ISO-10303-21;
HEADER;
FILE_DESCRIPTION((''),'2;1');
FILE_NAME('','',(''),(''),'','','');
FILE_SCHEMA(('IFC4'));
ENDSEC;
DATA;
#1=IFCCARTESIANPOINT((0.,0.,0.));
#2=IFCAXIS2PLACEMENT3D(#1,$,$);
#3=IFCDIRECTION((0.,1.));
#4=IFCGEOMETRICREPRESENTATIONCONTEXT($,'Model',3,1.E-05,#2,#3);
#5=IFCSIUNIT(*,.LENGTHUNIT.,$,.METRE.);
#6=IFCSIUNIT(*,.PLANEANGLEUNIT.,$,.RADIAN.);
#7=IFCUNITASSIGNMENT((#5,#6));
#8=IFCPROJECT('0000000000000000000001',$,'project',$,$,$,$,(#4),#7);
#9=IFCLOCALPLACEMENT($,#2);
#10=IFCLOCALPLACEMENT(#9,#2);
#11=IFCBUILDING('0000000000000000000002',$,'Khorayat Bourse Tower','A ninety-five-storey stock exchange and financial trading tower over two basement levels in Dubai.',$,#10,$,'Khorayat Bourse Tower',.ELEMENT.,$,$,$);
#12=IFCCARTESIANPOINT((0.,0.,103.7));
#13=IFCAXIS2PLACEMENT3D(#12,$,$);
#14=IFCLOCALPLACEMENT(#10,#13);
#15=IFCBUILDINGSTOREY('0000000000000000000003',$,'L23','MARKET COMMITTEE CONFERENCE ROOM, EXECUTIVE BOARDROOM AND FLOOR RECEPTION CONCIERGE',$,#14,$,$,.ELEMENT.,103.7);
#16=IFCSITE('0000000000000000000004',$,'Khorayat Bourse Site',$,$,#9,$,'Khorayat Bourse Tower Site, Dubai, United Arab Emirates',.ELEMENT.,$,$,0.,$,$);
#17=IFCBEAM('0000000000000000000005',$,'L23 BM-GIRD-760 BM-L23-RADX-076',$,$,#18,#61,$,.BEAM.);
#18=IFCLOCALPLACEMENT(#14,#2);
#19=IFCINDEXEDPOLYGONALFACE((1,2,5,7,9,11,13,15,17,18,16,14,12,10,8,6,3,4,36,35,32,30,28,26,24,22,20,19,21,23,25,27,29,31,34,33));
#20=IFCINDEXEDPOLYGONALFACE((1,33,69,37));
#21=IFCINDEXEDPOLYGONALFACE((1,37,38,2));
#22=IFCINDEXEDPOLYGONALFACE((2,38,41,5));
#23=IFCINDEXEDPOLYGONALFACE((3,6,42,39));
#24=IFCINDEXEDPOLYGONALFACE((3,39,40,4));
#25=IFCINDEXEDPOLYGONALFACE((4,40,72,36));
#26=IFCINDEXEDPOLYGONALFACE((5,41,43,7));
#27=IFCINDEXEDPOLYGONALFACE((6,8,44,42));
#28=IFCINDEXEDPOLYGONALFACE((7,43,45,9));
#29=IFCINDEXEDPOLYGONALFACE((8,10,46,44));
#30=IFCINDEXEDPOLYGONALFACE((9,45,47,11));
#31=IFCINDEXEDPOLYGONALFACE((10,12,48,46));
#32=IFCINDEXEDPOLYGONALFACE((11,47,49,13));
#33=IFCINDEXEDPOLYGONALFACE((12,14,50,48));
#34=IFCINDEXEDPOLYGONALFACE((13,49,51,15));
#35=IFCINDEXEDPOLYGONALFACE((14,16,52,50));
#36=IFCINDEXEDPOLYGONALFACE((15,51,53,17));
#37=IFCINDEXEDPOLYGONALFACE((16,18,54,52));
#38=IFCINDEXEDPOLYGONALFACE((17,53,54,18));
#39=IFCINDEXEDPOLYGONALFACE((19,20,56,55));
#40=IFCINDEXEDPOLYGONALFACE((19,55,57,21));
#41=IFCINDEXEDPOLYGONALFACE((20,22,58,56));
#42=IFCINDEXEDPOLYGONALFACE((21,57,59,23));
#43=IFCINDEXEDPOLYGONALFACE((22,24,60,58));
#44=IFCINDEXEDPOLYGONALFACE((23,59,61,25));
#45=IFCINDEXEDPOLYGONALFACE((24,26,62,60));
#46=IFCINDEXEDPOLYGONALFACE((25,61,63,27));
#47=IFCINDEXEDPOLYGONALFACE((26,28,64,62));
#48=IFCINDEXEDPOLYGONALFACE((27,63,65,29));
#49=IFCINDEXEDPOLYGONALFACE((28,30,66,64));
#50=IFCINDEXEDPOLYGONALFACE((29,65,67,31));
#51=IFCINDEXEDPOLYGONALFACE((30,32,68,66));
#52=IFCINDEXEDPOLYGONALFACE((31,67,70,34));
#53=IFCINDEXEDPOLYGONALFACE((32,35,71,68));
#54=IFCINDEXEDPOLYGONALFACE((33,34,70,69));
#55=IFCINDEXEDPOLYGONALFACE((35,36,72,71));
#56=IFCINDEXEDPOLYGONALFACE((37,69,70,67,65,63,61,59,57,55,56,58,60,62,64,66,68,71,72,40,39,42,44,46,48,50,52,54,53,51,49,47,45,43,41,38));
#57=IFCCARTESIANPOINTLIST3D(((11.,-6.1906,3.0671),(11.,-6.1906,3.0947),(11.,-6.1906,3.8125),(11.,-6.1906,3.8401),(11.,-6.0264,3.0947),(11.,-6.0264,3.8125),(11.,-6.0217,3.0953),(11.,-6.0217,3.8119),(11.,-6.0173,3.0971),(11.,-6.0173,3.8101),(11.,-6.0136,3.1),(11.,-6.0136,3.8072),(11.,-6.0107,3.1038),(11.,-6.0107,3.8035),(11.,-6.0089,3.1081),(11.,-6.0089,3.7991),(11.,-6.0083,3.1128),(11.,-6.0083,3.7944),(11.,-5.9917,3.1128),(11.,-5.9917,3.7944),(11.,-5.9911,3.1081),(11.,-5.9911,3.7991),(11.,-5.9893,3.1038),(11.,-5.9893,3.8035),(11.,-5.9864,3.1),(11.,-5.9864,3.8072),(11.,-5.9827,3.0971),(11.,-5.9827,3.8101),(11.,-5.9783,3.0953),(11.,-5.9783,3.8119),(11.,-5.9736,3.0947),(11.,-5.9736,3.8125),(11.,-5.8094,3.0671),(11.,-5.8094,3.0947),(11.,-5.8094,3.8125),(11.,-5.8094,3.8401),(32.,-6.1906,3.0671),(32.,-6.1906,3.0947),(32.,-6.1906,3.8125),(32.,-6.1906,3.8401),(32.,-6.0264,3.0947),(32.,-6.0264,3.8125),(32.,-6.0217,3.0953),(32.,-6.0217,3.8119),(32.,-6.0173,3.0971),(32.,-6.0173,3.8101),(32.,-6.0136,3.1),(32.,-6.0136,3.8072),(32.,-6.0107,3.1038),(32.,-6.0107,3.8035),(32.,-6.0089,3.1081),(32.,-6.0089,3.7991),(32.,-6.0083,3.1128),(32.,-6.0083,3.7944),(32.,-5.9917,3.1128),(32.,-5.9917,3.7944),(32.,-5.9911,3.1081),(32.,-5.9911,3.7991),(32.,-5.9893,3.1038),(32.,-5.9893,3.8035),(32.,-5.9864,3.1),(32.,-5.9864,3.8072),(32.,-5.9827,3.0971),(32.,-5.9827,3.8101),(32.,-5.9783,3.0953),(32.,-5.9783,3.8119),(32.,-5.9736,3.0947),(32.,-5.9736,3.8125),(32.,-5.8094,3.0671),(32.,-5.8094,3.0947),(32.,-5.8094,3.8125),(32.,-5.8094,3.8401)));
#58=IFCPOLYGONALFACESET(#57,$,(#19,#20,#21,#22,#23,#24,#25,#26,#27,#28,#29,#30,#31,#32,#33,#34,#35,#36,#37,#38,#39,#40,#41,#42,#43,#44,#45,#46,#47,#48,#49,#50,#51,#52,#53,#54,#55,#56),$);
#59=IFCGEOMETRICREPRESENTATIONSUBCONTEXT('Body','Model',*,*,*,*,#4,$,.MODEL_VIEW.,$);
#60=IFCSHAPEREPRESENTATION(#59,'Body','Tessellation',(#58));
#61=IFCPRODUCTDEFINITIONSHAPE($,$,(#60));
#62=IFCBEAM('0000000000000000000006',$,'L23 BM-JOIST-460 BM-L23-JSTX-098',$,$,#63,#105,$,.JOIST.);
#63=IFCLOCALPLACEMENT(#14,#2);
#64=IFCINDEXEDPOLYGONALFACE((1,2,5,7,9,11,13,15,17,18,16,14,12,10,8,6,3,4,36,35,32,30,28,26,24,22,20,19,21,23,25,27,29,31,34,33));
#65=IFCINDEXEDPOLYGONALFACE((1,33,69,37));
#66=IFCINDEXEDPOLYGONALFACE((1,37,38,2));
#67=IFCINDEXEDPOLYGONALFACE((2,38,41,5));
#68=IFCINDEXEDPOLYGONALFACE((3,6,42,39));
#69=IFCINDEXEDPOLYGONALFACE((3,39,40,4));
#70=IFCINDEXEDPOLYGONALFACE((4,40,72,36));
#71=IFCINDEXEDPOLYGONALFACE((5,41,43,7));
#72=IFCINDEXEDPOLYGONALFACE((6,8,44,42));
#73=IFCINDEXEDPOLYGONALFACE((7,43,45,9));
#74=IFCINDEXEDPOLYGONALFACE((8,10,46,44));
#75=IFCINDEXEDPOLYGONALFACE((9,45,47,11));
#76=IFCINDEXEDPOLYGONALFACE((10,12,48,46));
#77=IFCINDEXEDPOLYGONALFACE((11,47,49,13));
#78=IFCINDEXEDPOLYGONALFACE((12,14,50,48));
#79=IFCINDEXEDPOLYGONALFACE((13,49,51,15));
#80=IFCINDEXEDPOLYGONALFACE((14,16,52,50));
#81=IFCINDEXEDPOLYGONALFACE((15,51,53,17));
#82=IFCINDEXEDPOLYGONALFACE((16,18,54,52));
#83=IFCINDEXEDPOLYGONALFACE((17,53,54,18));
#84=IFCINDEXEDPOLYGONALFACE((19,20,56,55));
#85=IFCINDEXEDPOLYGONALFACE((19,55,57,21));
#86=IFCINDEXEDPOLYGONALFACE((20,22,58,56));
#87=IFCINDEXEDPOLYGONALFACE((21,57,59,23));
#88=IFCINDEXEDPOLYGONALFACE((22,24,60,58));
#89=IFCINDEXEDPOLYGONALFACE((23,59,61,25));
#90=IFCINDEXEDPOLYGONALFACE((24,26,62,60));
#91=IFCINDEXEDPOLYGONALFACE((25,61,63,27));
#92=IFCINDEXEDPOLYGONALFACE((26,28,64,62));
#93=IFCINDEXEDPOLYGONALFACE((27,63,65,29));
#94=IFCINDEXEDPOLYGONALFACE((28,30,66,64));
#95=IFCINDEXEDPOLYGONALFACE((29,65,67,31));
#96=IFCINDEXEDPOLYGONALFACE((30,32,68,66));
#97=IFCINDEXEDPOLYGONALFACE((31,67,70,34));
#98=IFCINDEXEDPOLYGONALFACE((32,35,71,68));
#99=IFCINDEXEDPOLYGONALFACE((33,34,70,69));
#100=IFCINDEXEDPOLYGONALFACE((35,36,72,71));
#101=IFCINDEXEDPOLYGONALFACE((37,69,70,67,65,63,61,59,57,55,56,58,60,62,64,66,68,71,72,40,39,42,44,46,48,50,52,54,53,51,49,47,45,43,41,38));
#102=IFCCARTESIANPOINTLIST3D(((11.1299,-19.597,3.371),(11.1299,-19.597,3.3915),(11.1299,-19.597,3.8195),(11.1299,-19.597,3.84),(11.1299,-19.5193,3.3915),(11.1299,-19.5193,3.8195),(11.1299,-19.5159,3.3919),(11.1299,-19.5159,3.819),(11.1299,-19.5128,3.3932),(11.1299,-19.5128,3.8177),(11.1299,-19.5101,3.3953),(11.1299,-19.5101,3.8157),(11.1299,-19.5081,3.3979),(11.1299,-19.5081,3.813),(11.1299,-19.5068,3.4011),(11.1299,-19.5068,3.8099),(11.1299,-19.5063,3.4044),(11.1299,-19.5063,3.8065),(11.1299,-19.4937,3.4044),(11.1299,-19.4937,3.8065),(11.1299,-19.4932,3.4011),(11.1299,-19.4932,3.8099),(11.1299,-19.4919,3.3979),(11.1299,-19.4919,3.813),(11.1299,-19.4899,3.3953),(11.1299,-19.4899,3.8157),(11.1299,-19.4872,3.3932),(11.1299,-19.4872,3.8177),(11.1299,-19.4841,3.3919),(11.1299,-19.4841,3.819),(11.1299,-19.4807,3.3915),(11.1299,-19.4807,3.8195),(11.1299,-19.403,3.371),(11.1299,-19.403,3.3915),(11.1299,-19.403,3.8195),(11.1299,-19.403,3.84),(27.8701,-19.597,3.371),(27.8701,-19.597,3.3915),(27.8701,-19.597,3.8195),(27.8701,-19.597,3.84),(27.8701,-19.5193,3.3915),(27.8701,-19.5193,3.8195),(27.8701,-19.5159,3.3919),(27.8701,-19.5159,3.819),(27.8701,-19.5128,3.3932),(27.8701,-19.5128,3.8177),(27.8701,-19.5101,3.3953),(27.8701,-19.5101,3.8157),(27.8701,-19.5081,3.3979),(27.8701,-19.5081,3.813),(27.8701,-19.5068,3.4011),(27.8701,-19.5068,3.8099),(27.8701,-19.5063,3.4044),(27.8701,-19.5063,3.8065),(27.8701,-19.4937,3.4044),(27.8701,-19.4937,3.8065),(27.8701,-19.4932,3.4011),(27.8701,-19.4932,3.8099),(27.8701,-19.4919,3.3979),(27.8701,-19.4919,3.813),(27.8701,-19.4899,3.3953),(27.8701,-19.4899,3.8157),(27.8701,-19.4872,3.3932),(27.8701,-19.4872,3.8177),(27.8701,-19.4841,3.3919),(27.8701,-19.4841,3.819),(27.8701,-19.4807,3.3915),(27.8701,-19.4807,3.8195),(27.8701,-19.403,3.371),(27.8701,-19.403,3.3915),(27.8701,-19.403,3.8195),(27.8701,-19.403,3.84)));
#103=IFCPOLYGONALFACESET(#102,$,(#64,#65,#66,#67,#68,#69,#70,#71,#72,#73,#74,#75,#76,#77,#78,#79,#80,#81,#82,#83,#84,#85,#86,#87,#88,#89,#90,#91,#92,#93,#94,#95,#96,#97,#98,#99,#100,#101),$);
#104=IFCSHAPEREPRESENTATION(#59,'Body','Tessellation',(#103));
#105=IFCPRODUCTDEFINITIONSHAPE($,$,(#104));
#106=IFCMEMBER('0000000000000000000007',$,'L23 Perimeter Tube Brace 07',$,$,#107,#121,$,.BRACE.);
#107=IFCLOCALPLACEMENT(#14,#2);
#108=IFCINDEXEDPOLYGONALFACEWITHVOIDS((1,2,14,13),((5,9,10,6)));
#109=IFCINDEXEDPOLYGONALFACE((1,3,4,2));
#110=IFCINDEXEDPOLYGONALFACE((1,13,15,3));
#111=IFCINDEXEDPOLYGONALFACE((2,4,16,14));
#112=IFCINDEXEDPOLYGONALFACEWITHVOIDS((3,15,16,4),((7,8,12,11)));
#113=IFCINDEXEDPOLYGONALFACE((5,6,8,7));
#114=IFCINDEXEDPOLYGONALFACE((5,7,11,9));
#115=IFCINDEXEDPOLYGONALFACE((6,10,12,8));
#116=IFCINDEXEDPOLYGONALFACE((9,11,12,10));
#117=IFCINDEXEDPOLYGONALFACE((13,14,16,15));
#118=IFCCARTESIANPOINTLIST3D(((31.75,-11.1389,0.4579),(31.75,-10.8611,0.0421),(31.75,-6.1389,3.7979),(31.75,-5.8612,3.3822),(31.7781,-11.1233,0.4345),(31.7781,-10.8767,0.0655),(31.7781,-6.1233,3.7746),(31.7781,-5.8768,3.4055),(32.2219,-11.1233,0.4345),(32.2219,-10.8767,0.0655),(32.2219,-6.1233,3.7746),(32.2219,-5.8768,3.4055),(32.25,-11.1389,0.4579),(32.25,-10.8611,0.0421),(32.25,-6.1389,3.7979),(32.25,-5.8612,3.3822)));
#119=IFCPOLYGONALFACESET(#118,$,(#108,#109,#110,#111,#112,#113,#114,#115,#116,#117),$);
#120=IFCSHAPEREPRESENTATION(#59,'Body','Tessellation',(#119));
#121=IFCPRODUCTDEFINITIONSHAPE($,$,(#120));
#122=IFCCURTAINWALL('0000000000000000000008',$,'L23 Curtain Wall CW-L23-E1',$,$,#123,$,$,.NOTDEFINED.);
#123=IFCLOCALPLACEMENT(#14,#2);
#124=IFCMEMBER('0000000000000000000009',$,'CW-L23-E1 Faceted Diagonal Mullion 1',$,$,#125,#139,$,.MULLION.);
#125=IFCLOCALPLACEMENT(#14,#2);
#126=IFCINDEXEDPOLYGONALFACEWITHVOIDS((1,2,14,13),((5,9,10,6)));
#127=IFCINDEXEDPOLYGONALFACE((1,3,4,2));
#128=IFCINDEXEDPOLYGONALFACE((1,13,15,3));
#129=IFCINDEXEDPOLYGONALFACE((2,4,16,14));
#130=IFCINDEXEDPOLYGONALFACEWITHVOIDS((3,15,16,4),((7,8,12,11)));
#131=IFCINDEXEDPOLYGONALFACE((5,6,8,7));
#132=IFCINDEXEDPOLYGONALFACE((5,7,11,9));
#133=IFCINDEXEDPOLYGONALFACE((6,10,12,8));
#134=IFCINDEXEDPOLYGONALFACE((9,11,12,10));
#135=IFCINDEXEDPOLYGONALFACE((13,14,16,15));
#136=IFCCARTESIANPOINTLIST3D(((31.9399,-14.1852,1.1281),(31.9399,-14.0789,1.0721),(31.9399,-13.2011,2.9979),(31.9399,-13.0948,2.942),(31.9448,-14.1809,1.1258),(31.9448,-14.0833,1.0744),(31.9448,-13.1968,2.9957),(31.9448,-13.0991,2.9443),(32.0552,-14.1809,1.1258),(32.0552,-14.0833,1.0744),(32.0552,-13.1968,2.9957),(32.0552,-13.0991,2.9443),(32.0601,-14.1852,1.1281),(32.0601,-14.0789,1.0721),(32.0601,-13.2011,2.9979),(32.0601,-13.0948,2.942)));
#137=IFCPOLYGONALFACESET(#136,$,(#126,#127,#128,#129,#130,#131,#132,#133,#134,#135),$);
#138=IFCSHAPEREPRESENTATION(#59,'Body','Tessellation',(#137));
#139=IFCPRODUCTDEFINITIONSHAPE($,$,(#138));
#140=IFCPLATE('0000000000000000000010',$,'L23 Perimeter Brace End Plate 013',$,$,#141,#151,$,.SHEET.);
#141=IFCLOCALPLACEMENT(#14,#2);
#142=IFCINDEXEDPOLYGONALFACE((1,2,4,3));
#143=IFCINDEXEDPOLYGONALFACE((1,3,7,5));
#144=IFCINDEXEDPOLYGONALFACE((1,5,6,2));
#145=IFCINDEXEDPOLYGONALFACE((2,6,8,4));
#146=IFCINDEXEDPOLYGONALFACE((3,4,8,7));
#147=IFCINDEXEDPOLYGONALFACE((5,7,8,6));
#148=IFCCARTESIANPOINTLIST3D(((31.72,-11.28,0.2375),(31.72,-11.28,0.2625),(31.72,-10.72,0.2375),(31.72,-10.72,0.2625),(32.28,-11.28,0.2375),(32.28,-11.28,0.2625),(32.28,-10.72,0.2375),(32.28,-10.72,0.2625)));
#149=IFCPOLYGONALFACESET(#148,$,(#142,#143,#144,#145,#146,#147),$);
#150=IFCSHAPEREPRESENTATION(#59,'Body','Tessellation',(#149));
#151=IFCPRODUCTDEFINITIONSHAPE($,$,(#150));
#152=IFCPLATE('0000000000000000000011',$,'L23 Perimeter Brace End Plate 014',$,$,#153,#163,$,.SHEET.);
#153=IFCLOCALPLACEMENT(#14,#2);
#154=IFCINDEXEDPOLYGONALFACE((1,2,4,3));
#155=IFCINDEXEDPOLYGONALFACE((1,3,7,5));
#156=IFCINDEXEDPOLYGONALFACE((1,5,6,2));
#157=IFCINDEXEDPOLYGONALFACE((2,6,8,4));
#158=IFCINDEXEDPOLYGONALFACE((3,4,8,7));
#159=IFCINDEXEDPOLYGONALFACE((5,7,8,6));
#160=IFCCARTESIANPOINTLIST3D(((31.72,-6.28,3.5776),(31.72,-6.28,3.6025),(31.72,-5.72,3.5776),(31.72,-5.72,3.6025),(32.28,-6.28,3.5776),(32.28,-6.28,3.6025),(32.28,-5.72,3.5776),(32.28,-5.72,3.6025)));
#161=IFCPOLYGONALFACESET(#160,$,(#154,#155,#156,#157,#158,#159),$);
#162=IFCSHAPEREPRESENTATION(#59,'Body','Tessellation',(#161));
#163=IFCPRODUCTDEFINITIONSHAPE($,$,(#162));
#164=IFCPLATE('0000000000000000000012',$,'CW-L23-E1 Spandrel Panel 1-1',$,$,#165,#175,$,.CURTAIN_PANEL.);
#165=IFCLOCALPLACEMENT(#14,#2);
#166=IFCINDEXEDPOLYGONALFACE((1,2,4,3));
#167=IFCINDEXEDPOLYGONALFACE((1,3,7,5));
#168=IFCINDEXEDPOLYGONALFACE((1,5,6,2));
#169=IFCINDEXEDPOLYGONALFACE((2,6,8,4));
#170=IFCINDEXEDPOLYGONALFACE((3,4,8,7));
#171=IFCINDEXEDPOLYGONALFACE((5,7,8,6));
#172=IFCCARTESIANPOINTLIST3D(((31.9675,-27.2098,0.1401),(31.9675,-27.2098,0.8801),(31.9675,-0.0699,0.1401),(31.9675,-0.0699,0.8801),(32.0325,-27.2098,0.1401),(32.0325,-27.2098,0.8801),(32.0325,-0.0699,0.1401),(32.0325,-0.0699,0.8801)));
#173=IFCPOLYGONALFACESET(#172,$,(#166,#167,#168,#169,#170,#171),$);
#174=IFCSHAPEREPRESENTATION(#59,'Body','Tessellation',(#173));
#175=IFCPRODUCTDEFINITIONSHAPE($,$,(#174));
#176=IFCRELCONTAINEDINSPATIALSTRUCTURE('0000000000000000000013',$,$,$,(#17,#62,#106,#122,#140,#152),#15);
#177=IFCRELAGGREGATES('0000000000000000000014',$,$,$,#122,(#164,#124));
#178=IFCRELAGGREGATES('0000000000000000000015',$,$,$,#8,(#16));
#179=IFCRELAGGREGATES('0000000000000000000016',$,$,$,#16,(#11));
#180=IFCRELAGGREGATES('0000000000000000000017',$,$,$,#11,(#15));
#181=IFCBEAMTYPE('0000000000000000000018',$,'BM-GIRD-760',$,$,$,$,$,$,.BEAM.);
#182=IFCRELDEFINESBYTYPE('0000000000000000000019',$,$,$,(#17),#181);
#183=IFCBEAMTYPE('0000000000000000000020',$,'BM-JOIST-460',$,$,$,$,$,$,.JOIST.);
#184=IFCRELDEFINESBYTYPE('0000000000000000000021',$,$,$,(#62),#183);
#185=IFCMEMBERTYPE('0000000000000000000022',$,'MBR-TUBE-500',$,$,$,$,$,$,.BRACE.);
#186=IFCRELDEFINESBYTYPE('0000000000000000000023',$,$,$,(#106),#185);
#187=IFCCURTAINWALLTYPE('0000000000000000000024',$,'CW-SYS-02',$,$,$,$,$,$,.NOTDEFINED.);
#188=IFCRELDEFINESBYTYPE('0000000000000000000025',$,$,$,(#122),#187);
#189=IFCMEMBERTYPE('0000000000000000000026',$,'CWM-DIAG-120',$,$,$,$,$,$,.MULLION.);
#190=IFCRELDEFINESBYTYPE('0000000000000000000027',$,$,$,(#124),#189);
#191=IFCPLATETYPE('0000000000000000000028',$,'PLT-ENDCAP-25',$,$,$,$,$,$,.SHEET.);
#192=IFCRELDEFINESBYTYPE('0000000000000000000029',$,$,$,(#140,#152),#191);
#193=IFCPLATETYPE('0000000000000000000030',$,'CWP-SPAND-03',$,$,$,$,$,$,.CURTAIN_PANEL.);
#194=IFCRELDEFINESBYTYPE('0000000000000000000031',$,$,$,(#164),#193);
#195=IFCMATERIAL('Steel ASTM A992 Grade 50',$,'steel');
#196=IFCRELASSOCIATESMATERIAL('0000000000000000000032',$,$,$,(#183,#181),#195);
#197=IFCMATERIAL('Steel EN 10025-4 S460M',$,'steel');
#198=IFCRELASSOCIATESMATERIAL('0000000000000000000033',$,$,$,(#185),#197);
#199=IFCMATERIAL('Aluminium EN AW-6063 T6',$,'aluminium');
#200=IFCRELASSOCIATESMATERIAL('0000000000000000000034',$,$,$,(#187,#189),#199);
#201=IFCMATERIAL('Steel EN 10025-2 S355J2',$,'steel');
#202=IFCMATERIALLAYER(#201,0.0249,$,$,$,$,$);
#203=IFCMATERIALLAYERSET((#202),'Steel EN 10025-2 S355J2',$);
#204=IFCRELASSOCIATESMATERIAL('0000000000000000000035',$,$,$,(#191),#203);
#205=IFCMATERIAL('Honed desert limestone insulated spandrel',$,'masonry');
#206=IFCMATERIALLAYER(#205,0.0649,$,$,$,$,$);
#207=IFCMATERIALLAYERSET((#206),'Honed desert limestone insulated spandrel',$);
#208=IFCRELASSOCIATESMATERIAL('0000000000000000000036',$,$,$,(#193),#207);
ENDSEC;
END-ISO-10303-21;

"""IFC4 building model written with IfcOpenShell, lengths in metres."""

from ifc_helpers import new_model, si_unit, direction, frame, origin, origin_2d, place, context, subcontext, project, spatial, rectangle, hollow_rectangle, i_section, extrude, source, transform, mapped, material, layer, layer_set, material_profile, profile_set, type_object, element, aggregate, save


model = new_model("IFC4")

# Units and contexts
model_context = context("Model", 3, precision=1e-05, world=origin(), true_north=direction((0.0, 1.0)))
body_context = subcontext(model_context, "Body", "Model", "MODEL_VIEW")
ifc_project = project(units=[si_unit("LENGTHUNIT", "METRE"), si_unit("PLANEANGLEUNIT", "RADIAN")], contexts=[model_context])

# Site, building, storey
site_placement = place(None, origin())
site = spatial("IfcSite", under=ifc_project, at=site_placement, Name="Khorayat Bourse Site", LongName="Khorayat Bourse Tower Site, Dubai, United Arab Emirates", CompositionType="ELEMENT", RefElevation=0.0)
building_placement = place(site_placement, origin())
building = spatial("IfcBuilding", under=site, at=building_placement, Name="Khorayat Bourse Tower", Description="A ninety-five-storey stock exchange and financial trading tower over two basement levels in Dubai.", LongName="Khorayat Bourse Tower", CompositionType="ELEMENT")
storey_placement = place(building_placement, frame((0.0, 0.0, 103.7)))
storey = spatial("IfcBuildingStorey", under=building, at=storey_placement, Name="L23", Description="MARKET COMMITTEE CONFERENCE ROOM, EXECUTIVE BOARDROOM AND FLOOR RECEPTION CONCIERGE", CompositionType="ELEMENT", Elevation=103.7)

# Shared definitions
ifc_material_1 = material(Name="Steel EN 10025-4 S460M", Category="steel")

# Beams
ifc_material_2 = material(Name="Steel ASTM A992 Grade 50", Category="steel")
ifc_material_profile_1 = material_profile(ifc_material_2, i_section(OverallWidth=0.1941, OverallDepth=0.469, WebThickness=0.0127, FlangeThickness=0.0205, FilletRadius=0.0129, at=origin_2d()), Name="W460X106")
ifc_profile_set_1 = profile_set([ifc_material_profile_1], Name="Steel ASTM A992 Grade 50")
beam_type_1 = type_object("IfcBeamType", Name="BM-JOIST-460", PredefinedType="JOIST", material=ifc_profile_set_1)
ifc_material_profile_2 = material_profile(ifc_material_2, i_section(OverallWidth=0.3811, OverallDepth=0.7729, WebThickness=0.0166, FlangeThickness=0.0276, FilletRadius=0.0181, at=origin_2d()), Name="W760X257")
ifc_profile_set_2 = profile_set([ifc_material_profile_2], Name="Steel ASTM A992 Grade 50")
beam_type_2 = type_object("IfcBeamType", Name="BM-GIRD-760", PredefinedType="BEAM", material=ifc_profile_set_2)
shared_shape_1 = source(origin(), body_context, "Body", "SweptSolid", [
    extrude(i_section(OverallWidth=0.3811, OverallDepth=0.7729, WebThickness=0.0166, FlangeThickness=0.0276, FilletRadius=0.0181, at=origin_2d()), origin(), (0.0, 0.0, 1.0), 21.0),
])
beam_1_placement = place(storey_placement, frame((11.0, -6.0, 3.4536), z_axis=(1.0, 0.0, 0.0), x_axis=(0.0, 1.0, 0.0)))
element("IfcBeam", 1, at=beam_1_placement, inside=storey, type_object=beam_type_2, Name="L23 BM-GIRD-760 BM-L23-RADX-076", PredefinedType="BEAM", context=body_context, shape_type="MappedRepresentation", body=[
    mapped(shared_shape_1, transform((0.0, 0.0, 0.0), scale=1.0)),
])
shared_shape_2 = source(origin(), body_context, "Body", "SweptSolid", [
    extrude(i_section(OverallWidth=0.1941, OverallDepth=0.469, WebThickness=0.0127, FlangeThickness=0.0205, FilletRadius=0.0129, at=origin_2d()), origin(), (0.0, 0.0, 1.0), 16.7402),
])
beam_2_placement = place(storey_placement, frame((11.1299, -19.5, 3.6055), z_axis=(1.0, 0.0, 0.0), x_axis=(0.0, 1.0, 0.0)))
element("IfcBeam", 2, at=beam_2_placement, inside=storey, type_object=beam_type_1, Name="L23 BM-JOIST-460 BM-L23-JSTX-098", PredefinedType="JOIST", context=body_context, shape_type="MappedRepresentation", body=[
    mapped(shared_shape_2, transform((0.0, 0.0, 0.0), scale=1.0)),
])

# Member
ifc_material_profile_3 = material_profile(ifc_material_1, hollow_rectangle(XDim=0.5, YDim=0.5, WallThickness=0.0281, at=origin_2d()), Name="HSS 500x500x28")
ifc_profile_set_3 = profile_set([ifc_material_profile_3], Name="Steel EN 10025-4 S460M")
member_type_1 = type_object("IfcMemberType", Name="MBR-TUBE-500", PredefinedType="BRACE", material=ifc_profile_set_3)
shared_shape_3 = source(origin(), body_context, "Body", "SweptSolid", [
    extrude(hollow_rectangle(XDim=0.5, YDim=0.5, WallThickness=0.0281, at=origin_2d()), origin(), (0.0, 0.0, 1.0), 6.0129),
])
member_1_placement = place(storey_placement, frame((32.0, -11.0, 0.25), z_axis=(0.0, 0.831531, 0.555478), x_axis=(-1.0, 0.0, 0.0)))
element("IfcMember", 3, at=member_1_placement, inside=storey, type_object=member_type_1, Name="L23 Perimeter Tube Brace 07", PredefinedType="BRACE", context=body_context, shape_type="MappedRepresentation", body=[
    mapped(shared_shape_3, transform((0.0, 0.0, 0.0), scale=1.0)),
])

# Curtain wall, member
ifc_material_3 = material(Name="Aluminium EN AW-6063 T6", Category="aluminium")
curtain_wall_type = type_object("IfcCurtainWallType", Name="CW-SYS-02", PredefinedType="NOTDEFINED", material=ifc_material_3)
curtain_wall_placement = place(storey_placement, origin())
curtain_wall = element("IfcCurtainWall", 4, at=curtain_wall_placement, inside=storey, type_object=curtain_wall_type, Name="L23 Curtain Wall CW-L23-E1", PredefinedType="NOTDEFINED")
ifc_material_profile_4 = material_profile(ifc_material_3, hollow_rectangle(XDim=0.1201, YDim=0.1201, WallThickness=0.0049, at=origin_2d()), Name="ALU 120x120x5")
ifc_profile_set_4 = profile_set([ifc_material_profile_4], Name="Aluminium EN AW-6063 T6")
member_type_2 = type_object("IfcMemberType", Name="CWM-DIAG-120", PredefinedType="MULLION", material=ifc_profile_set_4)
shared_shape_4 = source(origin(), body_context, "Body", "SweptSolid", [
    extrude(hollow_rectangle(XDim=0.1201, YDim=0.1201, WallThickness=0.0049, at=origin_2d()), origin(), (0.0, 0.0, 1.0), 2.113),
])
member_2_placement = place(storey_placement, frame((32.0, -14.1321, 1.1001), z_axis=(0.0, 0.465742, 0.884921), x_axis=(-1.0, 0.0, 0.0)))
member_2 = element("IfcMember", 5, at=member_2_placement, type_object=member_type_2, Name="CW-L23-E1 Faceted Diagonal Mullion 1", PredefinedType="MULLION", context=body_context, shape_type="MappedRepresentation", body=[
    mapped(shared_shape_4, transform((0.0, 0.0, 0.0), scale=1.0)),
])

# Plates
ifc_material_4 = material(Name="Steel EN 10025-2 S355J2", Category="steel")
ifc_layer_1 = layer(ifc_material_4, 0.0249)
ifc_layer_set_1 = layer_set([ifc_layer_1], Name="Steel EN 10025-2 S355J2")
plate_type_1 = type_object("IfcPlateType", Name="PLT-ENDCAP-25", PredefinedType="SHEET", material=ifc_layer_set_1)
shared_shape_5 = source(origin(), body_context, "Body", "SweptSolid", [
    extrude(rectangle(XDim=0.5601, YDim=0.5601, at=origin_2d()), origin(), (0.0, 0.0, 1.0), 0.0249),
])
for number, where, z_axis, x_axis, name in (
    (6, (32.0, -11.0, 0.2375), (0.0, 0.0, 1.0), (1.0, 0.0, 0.0), "L23 Perimeter Brace End Plate 013"),
    (7, (32.0, -6.0, 3.5776), (0.0, 0.0, 1.0), (1.0, 0.0, 0.0), "L23 Perimeter Brace End Plate 014"),
):
    element("IfcPlate", number, at=place(storey_placement, frame(where, z_axis=z_axis, x_axis=x_axis)), inside=storey, type_object=plate_type_1, Name=name, PredefinedType="SHEET", context=body_context, shape_type="MappedRepresentation", body=[
        mapped(shared_shape_5, transform((0.0, 0.0, 0.0), scale=1.0)),
    ])

# Plate
ifc_material_5 = material(Name="Honed desert limestone insulated spandrel", Category="masonry")
ifc_layer_2 = layer(ifc_material_5, 0.0649)
ifc_layer_set_2 = layer_set([ifc_layer_2], Name="Honed desert limestone insulated spandrel")
plate_type_2 = type_object("IfcPlateType", Name="CWP-SPAND-03", PredefinedType="CURTAIN_PANEL", material=ifc_layer_set_2)
shared_shape_6 = source(origin(), body_context, "Body", "SweptSolid", [
    extrude(rectangle(XDim=27.1399, YDim=0.0649, at=origin_2d()), origin(), (0.0, 0.0, 1.0), 0.74),
])
plate_1_placement = place(storey_placement, frame((32.0, -13.6399, 0.1401), z_axis=(0.0, 0.0, 1.0), x_axis=(0.0, 1.0, 0.0)))
plate_1 = element("IfcPlate", 8, at=plate_1_placement, type_object=plate_type_2, Name="CW-L23-E1 Spandrel Panel 1-1", PredefinedType="CURTAIN_PANEL", context=body_context, shape_type="MappedRepresentation", body=[
    mapped(shared_shape_6, transform((0.0, 0.0, 0.0), scale=1.0)),
])
aggregate(curtain_wall, [plate_1, member_2])

save(model, "model.ifc")
